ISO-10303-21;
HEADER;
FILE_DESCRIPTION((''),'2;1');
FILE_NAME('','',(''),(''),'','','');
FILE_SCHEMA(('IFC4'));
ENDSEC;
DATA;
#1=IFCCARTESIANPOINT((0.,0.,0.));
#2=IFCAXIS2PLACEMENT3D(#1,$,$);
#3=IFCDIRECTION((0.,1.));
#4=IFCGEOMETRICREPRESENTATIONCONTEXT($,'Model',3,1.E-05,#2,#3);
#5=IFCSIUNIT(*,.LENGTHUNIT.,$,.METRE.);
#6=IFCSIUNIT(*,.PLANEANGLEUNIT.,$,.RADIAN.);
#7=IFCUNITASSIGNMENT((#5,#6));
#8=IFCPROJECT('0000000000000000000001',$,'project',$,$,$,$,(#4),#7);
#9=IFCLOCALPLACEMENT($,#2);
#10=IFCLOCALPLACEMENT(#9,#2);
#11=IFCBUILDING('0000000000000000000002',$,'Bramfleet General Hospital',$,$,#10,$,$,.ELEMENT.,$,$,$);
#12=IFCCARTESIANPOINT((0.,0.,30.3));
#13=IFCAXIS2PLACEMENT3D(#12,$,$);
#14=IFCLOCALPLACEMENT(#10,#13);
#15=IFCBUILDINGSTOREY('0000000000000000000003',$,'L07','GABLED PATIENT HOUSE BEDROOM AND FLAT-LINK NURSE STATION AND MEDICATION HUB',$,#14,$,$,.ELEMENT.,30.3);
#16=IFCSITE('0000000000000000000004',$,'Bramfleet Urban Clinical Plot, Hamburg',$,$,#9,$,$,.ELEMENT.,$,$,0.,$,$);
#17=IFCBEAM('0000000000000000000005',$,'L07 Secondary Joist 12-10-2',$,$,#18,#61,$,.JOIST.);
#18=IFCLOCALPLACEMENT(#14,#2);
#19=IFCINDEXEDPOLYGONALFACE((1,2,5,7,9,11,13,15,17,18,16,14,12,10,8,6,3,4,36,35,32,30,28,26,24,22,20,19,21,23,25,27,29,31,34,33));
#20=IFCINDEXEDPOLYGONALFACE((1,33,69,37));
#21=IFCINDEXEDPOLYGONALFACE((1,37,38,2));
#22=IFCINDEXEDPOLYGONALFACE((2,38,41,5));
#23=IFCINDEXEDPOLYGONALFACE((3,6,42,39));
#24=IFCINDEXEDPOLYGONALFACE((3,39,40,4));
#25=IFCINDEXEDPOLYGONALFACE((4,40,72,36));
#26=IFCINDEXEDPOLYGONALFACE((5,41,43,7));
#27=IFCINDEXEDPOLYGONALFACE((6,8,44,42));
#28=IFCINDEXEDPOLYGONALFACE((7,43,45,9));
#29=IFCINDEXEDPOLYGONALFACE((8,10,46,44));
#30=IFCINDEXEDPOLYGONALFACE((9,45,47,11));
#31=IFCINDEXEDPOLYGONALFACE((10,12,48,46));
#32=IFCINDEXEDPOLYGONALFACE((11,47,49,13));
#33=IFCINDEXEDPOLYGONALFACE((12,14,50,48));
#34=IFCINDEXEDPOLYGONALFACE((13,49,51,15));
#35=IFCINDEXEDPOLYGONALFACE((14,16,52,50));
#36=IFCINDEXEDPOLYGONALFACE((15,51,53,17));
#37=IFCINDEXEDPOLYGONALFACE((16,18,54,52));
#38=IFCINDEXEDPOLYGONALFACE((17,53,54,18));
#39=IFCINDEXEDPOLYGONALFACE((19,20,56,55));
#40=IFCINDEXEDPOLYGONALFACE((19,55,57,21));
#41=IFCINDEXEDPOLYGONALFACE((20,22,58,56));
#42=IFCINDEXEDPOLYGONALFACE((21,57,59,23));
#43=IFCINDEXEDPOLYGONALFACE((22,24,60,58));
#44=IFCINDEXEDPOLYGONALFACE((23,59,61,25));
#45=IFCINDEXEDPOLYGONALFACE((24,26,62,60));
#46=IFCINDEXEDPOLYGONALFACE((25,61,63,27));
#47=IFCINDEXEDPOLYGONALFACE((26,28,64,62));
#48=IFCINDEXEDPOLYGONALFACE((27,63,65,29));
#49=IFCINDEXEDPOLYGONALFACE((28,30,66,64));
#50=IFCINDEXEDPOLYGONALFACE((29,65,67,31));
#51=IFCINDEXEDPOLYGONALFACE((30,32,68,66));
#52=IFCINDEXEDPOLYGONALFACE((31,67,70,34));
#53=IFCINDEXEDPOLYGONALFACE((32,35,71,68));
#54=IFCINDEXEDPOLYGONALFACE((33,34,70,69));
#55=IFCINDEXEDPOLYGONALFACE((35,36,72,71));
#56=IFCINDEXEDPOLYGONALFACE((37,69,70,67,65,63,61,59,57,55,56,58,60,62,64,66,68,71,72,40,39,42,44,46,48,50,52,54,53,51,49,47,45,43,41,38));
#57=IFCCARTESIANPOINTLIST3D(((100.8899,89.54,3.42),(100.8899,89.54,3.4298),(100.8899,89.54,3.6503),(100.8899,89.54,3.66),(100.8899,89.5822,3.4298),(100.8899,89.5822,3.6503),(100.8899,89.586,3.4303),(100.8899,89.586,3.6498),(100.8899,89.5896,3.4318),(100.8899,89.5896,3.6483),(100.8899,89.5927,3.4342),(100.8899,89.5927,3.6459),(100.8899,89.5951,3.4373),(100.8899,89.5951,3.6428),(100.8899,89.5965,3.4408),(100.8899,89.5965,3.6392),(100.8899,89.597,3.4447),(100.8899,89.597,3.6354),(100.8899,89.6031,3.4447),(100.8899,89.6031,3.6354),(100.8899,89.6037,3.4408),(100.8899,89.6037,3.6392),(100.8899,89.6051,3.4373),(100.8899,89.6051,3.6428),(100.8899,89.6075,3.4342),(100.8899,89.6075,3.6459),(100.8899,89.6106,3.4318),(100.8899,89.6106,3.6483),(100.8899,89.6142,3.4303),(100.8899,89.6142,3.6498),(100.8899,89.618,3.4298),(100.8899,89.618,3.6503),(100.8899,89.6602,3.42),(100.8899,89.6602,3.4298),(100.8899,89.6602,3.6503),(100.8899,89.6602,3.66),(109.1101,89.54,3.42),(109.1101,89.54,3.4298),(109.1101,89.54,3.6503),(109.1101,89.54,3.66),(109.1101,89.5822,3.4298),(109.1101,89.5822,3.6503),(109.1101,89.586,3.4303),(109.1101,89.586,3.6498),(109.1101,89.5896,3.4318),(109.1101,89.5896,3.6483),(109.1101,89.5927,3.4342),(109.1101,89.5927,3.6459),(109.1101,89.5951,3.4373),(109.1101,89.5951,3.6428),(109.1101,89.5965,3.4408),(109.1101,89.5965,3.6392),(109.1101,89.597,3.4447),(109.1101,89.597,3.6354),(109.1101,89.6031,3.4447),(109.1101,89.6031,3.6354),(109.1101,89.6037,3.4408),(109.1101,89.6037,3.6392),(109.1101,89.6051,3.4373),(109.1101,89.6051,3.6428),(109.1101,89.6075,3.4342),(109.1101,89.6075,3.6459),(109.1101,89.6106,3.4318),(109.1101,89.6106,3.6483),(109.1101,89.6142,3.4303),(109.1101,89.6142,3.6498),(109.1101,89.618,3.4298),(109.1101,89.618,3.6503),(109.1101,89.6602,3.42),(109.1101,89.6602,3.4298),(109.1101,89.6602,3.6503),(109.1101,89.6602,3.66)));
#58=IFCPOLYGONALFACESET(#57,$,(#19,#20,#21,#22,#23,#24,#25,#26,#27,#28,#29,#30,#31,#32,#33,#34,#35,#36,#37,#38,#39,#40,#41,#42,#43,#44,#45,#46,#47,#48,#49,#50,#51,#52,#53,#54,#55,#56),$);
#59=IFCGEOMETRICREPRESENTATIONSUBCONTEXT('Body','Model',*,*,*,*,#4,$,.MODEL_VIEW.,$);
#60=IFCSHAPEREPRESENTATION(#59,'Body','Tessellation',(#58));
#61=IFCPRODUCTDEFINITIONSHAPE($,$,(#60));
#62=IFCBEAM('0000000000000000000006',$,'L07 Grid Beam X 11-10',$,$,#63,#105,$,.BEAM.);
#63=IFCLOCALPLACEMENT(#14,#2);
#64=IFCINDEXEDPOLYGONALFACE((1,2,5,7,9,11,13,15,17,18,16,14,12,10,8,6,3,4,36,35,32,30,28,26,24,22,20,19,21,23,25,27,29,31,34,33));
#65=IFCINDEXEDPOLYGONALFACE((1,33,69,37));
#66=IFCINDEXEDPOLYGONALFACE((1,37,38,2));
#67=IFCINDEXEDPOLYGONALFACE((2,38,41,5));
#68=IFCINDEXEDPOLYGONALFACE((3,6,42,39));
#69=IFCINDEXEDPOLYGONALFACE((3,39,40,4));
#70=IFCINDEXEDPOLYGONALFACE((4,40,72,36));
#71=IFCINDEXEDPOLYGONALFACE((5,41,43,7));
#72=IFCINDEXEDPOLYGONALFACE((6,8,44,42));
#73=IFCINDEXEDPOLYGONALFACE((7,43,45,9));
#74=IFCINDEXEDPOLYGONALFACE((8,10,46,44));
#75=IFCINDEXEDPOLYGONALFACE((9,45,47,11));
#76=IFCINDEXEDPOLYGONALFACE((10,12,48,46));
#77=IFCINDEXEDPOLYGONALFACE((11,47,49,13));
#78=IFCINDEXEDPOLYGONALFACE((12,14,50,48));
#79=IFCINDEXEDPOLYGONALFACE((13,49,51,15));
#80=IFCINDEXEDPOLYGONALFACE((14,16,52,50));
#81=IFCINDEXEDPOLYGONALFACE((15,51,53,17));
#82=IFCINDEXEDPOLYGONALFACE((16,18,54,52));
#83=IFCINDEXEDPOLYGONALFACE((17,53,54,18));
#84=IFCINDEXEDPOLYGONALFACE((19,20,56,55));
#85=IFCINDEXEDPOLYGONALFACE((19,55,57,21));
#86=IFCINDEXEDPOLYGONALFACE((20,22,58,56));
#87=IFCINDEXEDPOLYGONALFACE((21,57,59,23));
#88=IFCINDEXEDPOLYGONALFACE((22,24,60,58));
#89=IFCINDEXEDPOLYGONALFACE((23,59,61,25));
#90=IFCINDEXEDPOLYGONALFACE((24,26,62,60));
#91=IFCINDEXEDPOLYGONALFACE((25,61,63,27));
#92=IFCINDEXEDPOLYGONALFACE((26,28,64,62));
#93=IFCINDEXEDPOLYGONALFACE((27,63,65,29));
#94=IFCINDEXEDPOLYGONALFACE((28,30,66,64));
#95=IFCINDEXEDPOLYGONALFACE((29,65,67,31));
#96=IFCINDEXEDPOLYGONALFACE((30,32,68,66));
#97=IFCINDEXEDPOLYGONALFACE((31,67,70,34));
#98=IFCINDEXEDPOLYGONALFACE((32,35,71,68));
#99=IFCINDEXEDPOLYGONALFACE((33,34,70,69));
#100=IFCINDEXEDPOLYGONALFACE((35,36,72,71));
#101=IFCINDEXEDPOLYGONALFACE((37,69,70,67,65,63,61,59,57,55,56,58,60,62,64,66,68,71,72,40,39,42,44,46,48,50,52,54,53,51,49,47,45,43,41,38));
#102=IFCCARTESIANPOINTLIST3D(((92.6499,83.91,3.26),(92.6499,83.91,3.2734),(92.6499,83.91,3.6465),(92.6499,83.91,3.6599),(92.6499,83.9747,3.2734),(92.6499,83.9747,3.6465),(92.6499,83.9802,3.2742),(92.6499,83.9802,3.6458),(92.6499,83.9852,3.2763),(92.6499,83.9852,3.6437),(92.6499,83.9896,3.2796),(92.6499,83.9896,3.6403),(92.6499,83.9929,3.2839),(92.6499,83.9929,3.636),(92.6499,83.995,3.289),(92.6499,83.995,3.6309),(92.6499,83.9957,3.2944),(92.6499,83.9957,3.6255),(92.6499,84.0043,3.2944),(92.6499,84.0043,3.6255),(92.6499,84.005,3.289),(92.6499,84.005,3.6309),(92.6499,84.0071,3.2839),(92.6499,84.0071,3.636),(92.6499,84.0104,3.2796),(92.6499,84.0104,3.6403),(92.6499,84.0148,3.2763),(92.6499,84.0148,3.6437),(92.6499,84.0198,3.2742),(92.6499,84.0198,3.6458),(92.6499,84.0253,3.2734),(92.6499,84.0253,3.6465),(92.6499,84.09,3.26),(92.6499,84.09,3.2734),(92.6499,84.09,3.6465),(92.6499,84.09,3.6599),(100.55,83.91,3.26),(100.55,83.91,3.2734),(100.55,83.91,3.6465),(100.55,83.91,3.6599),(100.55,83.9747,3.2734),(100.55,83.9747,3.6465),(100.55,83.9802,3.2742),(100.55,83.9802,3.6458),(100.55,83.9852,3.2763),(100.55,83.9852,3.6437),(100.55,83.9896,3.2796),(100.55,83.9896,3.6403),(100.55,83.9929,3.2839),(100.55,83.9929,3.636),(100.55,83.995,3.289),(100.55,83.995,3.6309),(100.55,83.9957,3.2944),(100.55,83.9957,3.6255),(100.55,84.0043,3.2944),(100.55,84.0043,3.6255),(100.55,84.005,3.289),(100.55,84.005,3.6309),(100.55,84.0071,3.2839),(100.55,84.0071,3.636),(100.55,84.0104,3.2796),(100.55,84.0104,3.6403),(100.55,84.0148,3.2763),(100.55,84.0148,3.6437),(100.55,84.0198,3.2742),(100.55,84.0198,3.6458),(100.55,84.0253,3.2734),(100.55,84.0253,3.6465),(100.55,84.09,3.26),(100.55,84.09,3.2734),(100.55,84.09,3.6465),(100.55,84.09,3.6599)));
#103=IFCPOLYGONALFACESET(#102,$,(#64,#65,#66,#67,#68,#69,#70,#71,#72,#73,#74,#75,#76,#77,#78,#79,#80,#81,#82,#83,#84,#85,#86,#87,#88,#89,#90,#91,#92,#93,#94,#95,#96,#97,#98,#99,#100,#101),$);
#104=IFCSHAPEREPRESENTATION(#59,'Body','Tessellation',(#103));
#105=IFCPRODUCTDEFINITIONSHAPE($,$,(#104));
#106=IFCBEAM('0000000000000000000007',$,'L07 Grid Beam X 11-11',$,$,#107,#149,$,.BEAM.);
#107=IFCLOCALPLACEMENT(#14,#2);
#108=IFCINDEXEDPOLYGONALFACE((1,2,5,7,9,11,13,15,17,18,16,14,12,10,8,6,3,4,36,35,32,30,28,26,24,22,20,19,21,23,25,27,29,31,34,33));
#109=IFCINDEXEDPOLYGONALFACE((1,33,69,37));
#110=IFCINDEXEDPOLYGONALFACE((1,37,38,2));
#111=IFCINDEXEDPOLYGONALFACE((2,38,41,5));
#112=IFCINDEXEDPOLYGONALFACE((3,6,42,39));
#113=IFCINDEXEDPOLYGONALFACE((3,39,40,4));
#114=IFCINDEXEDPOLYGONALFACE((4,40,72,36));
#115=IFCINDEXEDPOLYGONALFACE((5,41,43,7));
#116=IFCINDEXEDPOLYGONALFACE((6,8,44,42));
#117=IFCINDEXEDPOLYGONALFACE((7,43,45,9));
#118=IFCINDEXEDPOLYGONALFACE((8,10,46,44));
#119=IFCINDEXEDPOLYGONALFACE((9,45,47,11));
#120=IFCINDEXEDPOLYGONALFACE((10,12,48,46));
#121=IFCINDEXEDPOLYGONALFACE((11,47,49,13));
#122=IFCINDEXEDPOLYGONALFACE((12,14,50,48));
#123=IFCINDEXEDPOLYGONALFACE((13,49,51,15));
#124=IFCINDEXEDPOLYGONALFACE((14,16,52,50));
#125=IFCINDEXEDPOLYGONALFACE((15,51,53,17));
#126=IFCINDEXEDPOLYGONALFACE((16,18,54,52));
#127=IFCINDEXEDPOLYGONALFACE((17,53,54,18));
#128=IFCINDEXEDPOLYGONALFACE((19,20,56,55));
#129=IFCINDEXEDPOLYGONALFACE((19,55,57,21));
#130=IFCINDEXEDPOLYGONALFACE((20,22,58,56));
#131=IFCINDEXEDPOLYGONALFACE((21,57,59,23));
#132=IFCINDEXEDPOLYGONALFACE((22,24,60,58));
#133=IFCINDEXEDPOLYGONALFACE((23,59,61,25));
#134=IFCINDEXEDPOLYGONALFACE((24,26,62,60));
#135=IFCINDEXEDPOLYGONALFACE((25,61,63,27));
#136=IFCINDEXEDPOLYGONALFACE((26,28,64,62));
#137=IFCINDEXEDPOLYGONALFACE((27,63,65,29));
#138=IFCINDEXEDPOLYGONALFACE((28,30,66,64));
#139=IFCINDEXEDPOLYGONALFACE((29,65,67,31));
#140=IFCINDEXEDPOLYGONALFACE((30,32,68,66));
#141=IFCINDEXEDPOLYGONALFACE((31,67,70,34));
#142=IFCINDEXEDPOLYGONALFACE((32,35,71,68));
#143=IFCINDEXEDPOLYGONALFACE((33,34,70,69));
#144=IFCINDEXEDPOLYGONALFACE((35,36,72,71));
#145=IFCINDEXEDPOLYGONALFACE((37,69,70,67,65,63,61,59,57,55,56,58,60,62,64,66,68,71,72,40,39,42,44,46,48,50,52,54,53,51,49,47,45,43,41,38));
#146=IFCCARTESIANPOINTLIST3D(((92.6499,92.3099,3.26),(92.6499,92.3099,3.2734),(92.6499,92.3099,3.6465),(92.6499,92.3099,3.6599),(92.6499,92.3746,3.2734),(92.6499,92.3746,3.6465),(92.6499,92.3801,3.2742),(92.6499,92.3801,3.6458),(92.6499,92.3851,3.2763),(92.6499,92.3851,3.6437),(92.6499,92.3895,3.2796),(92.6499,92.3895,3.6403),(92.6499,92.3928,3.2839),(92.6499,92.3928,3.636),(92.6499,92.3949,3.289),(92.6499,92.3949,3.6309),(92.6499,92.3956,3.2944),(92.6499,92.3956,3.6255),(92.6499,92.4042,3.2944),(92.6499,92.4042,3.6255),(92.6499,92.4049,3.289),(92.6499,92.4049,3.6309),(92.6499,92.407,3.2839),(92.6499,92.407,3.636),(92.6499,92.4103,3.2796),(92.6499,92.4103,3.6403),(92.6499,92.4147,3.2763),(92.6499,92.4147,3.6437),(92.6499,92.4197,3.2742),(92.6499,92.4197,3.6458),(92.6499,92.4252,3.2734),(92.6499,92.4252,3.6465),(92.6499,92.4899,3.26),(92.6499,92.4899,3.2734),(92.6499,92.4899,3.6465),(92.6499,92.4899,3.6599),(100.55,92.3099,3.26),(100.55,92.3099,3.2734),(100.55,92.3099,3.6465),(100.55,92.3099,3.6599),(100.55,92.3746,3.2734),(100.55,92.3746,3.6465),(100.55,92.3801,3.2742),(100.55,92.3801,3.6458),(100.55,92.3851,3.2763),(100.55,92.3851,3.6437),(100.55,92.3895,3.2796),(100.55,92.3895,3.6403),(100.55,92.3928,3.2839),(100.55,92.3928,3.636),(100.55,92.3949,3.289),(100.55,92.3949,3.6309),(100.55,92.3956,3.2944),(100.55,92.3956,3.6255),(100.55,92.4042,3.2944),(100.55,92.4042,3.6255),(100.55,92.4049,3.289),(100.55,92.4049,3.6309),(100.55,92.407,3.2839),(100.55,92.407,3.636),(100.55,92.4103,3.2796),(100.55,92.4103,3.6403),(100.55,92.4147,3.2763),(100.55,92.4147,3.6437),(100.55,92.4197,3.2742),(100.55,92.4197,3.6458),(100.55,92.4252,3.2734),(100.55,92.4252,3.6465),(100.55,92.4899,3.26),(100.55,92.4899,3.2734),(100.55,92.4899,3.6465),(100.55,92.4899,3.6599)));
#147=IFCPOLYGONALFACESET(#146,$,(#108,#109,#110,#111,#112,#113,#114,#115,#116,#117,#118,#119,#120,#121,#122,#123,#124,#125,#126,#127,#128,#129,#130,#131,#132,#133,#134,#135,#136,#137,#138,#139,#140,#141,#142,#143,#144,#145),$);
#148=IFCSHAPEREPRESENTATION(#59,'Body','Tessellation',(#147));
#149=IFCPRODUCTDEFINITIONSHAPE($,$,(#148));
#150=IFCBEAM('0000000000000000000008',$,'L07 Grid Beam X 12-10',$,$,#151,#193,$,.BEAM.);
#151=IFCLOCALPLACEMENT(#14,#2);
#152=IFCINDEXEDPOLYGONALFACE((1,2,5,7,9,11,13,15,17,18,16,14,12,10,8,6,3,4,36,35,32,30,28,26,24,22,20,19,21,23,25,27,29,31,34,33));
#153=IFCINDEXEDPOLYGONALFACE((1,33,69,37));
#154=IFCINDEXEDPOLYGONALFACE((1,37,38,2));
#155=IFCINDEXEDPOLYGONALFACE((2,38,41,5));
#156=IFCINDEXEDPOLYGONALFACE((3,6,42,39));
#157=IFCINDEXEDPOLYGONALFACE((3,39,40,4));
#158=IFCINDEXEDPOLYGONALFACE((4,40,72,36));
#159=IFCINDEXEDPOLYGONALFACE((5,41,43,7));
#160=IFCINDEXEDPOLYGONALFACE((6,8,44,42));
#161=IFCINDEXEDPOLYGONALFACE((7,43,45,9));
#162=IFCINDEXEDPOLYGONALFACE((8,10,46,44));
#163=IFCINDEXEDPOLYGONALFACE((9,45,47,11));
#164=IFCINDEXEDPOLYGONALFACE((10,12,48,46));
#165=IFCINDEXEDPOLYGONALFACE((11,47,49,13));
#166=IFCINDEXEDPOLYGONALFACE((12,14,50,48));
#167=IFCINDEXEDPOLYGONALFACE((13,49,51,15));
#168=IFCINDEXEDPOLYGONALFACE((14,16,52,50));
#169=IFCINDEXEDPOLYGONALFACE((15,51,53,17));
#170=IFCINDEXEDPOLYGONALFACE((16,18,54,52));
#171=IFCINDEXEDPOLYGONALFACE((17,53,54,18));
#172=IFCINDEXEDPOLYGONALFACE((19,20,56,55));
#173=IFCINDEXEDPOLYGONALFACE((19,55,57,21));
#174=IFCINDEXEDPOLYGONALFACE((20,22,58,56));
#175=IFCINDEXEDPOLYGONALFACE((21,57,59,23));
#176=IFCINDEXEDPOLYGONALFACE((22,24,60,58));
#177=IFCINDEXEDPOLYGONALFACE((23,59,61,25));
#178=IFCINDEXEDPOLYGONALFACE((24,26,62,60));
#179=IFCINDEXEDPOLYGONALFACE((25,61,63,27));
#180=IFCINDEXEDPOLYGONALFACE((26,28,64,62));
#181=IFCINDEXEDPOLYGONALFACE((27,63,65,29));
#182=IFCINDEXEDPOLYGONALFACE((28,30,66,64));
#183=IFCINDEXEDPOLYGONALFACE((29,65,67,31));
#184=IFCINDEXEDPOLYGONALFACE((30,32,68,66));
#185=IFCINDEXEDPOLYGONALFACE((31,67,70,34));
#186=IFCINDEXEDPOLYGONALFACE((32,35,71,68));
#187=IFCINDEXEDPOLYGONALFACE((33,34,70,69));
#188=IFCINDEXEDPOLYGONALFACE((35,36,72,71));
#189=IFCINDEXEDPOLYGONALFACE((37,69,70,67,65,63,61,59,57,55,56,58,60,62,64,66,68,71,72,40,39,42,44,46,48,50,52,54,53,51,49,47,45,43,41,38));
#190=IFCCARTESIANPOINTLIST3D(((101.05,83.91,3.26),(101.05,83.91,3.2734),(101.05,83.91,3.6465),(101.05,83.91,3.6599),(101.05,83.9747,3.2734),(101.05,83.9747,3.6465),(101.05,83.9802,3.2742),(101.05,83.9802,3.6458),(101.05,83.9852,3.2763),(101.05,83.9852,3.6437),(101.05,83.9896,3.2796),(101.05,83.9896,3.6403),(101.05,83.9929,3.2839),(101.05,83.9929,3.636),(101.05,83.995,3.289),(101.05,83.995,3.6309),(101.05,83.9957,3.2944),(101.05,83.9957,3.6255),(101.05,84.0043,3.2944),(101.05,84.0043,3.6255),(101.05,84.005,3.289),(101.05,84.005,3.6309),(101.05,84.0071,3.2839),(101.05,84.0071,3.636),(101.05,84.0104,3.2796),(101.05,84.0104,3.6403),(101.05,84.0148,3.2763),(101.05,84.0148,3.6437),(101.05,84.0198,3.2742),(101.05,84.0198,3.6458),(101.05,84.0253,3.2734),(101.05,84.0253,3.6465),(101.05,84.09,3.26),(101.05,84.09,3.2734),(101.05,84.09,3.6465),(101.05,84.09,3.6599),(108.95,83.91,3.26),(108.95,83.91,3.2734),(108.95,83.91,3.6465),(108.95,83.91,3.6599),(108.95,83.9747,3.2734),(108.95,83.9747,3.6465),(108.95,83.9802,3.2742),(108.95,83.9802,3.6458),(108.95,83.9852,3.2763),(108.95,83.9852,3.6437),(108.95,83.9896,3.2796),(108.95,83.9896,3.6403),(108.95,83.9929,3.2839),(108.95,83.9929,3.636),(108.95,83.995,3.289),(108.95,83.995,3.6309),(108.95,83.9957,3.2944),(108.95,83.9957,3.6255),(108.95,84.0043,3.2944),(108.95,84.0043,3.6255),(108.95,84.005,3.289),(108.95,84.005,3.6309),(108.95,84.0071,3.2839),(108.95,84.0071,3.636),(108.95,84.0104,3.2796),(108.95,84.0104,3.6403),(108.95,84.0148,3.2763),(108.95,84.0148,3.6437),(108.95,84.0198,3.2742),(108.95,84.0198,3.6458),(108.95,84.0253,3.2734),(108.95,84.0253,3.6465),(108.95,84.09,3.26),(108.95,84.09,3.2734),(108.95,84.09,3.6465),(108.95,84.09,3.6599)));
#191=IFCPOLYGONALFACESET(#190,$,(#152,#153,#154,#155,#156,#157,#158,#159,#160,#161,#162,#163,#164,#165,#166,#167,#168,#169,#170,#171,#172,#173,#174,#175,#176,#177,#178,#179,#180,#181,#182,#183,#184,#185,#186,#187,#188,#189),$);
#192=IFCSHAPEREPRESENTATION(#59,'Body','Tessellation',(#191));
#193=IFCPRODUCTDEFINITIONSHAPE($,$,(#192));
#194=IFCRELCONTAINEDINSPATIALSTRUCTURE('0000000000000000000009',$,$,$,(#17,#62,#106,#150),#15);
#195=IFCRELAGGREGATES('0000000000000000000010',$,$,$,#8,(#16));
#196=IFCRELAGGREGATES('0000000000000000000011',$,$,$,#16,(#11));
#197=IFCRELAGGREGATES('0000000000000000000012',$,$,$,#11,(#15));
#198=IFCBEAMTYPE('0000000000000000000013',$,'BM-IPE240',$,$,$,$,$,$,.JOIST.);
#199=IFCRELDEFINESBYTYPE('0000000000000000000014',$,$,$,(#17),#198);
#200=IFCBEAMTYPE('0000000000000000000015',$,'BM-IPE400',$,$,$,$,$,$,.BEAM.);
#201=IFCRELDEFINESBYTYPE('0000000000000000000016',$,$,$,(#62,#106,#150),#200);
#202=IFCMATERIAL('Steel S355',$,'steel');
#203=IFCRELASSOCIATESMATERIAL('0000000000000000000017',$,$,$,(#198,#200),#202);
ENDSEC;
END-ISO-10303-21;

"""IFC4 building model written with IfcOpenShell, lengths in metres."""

from ifc_helpers import new_model, si_unit, direction, frame, origin, origin_2d, place, context, subcontext, project, spatial, i_section, extrude, material, material_profile, profile_set, type_object, element, save


model = new_model("IFC4")

# Units and contexts
model_context = context("Model", 3, precision=1e-05, world=origin(), true_north=direction((0.0, 1.0)))
body_context = subcontext(model_context, "Body", "Model", "MODEL_VIEW")
ifc_project = project(units=[si_unit("LENGTHUNIT", "METRE"), si_unit("PLANEANGLEUNIT", "RADIAN")], contexts=[model_context])

# Site, building, storey
site_placement = place(None, origin())
site = spatial("IfcSite", under=ifc_project, at=site_placement, Name="Bramfleet Urban Clinical Plot, Hamburg", CompositionType="ELEMENT", RefElevation=0.0)
building_placement = place(site_placement, origin())
building = spatial("IfcBuilding", under=site, at=building_placement, Name="Bramfleet General Hospital", CompositionType="ELEMENT")
storey_placement = place(building_placement, frame((0.0, 0.0, 30.3)))
storey = spatial("IfcBuildingStorey", under=building, at=storey_placement, Name="L07", Description="GABLED PATIENT HOUSE BEDROOM AND FLAT-LINK NURSE STATION AND MEDICATION HUB", CompositionType="ELEMENT", Elevation=30.3)

# Beams
ifc_material_1 = material(Name="Steel S355", Category="steel")
ifc_material_profile_1 = material_profile(ifc_material_1, i_section(OverallWidth=0.1201, OverallDepth=0.24, WebThickness=0.0061, FlangeThickness=0.0098, FilletRadius=0.0149, at=origin_2d()), Name="IPE 240")
ifc_profile_set_1 = profile_set([ifc_material_profile_1], Name="Steel S355")
beam_type_1 = type_object("IfcBeamType", Name="BM-IPE240", PredefinedType="JOIST", material=ifc_profile_set_1)
for number, where, z_axis, x_axis, name in (
    (1, (100.8899, 89.6001, 3.54), (1.0, 0.0, 0.0), (0.0, 1.0, 0.0), "L07 Secondary Joist 12-10-2"),
):
    element("IfcBeam", number, at=place(storey_placement, frame(where, z_axis=z_axis, x_axis=x_axis)), inside=storey, type_object=beam_type_1, Name=name, PredefinedType="JOIST", context=body_context, shape_type="SweptSolid", body=[
        extrude(i_section(OverallWidth=0.1201, OverallDepth=0.24, WebThickness=0.0061, FlangeThickness=0.0098, FilletRadius=0.0149, at=origin_2d()), origin(), (0.0, 0.0, 1.0), 8.2202),
    ])
ifc_material_profile_2 = material_profile(ifc_material_1, i_section(OverallWidth=0.1799, OverallDepth=0.3999, WebThickness=0.0085, FlangeThickness=0.0134, FilletRadius=0.021, at=origin_2d()), Name="IPE 400")
ifc_profile_set_2 = profile_set([ifc_material_profile_2], Name="Steel S355")
beam_type_2 = type_object("IfcBeamType", Name="BM-IPE400", PredefinedType="BEAM", material=ifc_profile_set_2)
for number, where, z_axis, x_axis, name in (
    (2, (92.6499, 84.0, 3.46), (1.0, 0.0, 0.0), (0.0, 1.0, 0.0), "L07 Grid Beam X 11-10"),
    (3, (92.6499, 92.3999, 3.46), (1.0, 0.0, 0.0), (0.0, 1.0, 0.0), "L07 Grid Beam X 11-11"),
):
    element("IfcBeam", number, at=place(storey_placement, frame(where, z_axis=z_axis, x_axis=x_axis)), inside=storey, type_object=beam_type_2, Name=name, PredefinedType="BEAM", context=body_context, shape_type="SweptSolid", body=[
        extrude(i_section(OverallWidth=0.1799, OverallDepth=0.3999, WebThickness=0.0085, FlangeThickness=0.0134, FilletRadius=0.021, at=origin_2d()), origin(), (0.0, 0.0, 1.0), 7.9001),
    ])
for number, where, z_axis, x_axis, name in (
    (4, (101.05, 84.0, 3.46), (1.0, 0.0, 0.0), (0.0, 1.0, 0.0), "L07 Grid Beam X 12-10"),
):
    element("IfcBeam", number, at=place(storey_placement, frame(where, z_axis=z_axis, x_axis=x_axis)), inside=storey, type_object=beam_type_2, Name=name, PredefinedType="BEAM", context=body_context, shape_type="SweptSolid", body=[
        extrude(i_section(OverallWidth=0.1799, OverallDepth=0.3999, WebThickness=0.0085, FlangeThickness=0.0134, FilletRadius=0.021, at=origin_2d()), origin(), (0.0, 0.0, 1.0), 7.8999),
    ])

save(model, "model.ifc")
